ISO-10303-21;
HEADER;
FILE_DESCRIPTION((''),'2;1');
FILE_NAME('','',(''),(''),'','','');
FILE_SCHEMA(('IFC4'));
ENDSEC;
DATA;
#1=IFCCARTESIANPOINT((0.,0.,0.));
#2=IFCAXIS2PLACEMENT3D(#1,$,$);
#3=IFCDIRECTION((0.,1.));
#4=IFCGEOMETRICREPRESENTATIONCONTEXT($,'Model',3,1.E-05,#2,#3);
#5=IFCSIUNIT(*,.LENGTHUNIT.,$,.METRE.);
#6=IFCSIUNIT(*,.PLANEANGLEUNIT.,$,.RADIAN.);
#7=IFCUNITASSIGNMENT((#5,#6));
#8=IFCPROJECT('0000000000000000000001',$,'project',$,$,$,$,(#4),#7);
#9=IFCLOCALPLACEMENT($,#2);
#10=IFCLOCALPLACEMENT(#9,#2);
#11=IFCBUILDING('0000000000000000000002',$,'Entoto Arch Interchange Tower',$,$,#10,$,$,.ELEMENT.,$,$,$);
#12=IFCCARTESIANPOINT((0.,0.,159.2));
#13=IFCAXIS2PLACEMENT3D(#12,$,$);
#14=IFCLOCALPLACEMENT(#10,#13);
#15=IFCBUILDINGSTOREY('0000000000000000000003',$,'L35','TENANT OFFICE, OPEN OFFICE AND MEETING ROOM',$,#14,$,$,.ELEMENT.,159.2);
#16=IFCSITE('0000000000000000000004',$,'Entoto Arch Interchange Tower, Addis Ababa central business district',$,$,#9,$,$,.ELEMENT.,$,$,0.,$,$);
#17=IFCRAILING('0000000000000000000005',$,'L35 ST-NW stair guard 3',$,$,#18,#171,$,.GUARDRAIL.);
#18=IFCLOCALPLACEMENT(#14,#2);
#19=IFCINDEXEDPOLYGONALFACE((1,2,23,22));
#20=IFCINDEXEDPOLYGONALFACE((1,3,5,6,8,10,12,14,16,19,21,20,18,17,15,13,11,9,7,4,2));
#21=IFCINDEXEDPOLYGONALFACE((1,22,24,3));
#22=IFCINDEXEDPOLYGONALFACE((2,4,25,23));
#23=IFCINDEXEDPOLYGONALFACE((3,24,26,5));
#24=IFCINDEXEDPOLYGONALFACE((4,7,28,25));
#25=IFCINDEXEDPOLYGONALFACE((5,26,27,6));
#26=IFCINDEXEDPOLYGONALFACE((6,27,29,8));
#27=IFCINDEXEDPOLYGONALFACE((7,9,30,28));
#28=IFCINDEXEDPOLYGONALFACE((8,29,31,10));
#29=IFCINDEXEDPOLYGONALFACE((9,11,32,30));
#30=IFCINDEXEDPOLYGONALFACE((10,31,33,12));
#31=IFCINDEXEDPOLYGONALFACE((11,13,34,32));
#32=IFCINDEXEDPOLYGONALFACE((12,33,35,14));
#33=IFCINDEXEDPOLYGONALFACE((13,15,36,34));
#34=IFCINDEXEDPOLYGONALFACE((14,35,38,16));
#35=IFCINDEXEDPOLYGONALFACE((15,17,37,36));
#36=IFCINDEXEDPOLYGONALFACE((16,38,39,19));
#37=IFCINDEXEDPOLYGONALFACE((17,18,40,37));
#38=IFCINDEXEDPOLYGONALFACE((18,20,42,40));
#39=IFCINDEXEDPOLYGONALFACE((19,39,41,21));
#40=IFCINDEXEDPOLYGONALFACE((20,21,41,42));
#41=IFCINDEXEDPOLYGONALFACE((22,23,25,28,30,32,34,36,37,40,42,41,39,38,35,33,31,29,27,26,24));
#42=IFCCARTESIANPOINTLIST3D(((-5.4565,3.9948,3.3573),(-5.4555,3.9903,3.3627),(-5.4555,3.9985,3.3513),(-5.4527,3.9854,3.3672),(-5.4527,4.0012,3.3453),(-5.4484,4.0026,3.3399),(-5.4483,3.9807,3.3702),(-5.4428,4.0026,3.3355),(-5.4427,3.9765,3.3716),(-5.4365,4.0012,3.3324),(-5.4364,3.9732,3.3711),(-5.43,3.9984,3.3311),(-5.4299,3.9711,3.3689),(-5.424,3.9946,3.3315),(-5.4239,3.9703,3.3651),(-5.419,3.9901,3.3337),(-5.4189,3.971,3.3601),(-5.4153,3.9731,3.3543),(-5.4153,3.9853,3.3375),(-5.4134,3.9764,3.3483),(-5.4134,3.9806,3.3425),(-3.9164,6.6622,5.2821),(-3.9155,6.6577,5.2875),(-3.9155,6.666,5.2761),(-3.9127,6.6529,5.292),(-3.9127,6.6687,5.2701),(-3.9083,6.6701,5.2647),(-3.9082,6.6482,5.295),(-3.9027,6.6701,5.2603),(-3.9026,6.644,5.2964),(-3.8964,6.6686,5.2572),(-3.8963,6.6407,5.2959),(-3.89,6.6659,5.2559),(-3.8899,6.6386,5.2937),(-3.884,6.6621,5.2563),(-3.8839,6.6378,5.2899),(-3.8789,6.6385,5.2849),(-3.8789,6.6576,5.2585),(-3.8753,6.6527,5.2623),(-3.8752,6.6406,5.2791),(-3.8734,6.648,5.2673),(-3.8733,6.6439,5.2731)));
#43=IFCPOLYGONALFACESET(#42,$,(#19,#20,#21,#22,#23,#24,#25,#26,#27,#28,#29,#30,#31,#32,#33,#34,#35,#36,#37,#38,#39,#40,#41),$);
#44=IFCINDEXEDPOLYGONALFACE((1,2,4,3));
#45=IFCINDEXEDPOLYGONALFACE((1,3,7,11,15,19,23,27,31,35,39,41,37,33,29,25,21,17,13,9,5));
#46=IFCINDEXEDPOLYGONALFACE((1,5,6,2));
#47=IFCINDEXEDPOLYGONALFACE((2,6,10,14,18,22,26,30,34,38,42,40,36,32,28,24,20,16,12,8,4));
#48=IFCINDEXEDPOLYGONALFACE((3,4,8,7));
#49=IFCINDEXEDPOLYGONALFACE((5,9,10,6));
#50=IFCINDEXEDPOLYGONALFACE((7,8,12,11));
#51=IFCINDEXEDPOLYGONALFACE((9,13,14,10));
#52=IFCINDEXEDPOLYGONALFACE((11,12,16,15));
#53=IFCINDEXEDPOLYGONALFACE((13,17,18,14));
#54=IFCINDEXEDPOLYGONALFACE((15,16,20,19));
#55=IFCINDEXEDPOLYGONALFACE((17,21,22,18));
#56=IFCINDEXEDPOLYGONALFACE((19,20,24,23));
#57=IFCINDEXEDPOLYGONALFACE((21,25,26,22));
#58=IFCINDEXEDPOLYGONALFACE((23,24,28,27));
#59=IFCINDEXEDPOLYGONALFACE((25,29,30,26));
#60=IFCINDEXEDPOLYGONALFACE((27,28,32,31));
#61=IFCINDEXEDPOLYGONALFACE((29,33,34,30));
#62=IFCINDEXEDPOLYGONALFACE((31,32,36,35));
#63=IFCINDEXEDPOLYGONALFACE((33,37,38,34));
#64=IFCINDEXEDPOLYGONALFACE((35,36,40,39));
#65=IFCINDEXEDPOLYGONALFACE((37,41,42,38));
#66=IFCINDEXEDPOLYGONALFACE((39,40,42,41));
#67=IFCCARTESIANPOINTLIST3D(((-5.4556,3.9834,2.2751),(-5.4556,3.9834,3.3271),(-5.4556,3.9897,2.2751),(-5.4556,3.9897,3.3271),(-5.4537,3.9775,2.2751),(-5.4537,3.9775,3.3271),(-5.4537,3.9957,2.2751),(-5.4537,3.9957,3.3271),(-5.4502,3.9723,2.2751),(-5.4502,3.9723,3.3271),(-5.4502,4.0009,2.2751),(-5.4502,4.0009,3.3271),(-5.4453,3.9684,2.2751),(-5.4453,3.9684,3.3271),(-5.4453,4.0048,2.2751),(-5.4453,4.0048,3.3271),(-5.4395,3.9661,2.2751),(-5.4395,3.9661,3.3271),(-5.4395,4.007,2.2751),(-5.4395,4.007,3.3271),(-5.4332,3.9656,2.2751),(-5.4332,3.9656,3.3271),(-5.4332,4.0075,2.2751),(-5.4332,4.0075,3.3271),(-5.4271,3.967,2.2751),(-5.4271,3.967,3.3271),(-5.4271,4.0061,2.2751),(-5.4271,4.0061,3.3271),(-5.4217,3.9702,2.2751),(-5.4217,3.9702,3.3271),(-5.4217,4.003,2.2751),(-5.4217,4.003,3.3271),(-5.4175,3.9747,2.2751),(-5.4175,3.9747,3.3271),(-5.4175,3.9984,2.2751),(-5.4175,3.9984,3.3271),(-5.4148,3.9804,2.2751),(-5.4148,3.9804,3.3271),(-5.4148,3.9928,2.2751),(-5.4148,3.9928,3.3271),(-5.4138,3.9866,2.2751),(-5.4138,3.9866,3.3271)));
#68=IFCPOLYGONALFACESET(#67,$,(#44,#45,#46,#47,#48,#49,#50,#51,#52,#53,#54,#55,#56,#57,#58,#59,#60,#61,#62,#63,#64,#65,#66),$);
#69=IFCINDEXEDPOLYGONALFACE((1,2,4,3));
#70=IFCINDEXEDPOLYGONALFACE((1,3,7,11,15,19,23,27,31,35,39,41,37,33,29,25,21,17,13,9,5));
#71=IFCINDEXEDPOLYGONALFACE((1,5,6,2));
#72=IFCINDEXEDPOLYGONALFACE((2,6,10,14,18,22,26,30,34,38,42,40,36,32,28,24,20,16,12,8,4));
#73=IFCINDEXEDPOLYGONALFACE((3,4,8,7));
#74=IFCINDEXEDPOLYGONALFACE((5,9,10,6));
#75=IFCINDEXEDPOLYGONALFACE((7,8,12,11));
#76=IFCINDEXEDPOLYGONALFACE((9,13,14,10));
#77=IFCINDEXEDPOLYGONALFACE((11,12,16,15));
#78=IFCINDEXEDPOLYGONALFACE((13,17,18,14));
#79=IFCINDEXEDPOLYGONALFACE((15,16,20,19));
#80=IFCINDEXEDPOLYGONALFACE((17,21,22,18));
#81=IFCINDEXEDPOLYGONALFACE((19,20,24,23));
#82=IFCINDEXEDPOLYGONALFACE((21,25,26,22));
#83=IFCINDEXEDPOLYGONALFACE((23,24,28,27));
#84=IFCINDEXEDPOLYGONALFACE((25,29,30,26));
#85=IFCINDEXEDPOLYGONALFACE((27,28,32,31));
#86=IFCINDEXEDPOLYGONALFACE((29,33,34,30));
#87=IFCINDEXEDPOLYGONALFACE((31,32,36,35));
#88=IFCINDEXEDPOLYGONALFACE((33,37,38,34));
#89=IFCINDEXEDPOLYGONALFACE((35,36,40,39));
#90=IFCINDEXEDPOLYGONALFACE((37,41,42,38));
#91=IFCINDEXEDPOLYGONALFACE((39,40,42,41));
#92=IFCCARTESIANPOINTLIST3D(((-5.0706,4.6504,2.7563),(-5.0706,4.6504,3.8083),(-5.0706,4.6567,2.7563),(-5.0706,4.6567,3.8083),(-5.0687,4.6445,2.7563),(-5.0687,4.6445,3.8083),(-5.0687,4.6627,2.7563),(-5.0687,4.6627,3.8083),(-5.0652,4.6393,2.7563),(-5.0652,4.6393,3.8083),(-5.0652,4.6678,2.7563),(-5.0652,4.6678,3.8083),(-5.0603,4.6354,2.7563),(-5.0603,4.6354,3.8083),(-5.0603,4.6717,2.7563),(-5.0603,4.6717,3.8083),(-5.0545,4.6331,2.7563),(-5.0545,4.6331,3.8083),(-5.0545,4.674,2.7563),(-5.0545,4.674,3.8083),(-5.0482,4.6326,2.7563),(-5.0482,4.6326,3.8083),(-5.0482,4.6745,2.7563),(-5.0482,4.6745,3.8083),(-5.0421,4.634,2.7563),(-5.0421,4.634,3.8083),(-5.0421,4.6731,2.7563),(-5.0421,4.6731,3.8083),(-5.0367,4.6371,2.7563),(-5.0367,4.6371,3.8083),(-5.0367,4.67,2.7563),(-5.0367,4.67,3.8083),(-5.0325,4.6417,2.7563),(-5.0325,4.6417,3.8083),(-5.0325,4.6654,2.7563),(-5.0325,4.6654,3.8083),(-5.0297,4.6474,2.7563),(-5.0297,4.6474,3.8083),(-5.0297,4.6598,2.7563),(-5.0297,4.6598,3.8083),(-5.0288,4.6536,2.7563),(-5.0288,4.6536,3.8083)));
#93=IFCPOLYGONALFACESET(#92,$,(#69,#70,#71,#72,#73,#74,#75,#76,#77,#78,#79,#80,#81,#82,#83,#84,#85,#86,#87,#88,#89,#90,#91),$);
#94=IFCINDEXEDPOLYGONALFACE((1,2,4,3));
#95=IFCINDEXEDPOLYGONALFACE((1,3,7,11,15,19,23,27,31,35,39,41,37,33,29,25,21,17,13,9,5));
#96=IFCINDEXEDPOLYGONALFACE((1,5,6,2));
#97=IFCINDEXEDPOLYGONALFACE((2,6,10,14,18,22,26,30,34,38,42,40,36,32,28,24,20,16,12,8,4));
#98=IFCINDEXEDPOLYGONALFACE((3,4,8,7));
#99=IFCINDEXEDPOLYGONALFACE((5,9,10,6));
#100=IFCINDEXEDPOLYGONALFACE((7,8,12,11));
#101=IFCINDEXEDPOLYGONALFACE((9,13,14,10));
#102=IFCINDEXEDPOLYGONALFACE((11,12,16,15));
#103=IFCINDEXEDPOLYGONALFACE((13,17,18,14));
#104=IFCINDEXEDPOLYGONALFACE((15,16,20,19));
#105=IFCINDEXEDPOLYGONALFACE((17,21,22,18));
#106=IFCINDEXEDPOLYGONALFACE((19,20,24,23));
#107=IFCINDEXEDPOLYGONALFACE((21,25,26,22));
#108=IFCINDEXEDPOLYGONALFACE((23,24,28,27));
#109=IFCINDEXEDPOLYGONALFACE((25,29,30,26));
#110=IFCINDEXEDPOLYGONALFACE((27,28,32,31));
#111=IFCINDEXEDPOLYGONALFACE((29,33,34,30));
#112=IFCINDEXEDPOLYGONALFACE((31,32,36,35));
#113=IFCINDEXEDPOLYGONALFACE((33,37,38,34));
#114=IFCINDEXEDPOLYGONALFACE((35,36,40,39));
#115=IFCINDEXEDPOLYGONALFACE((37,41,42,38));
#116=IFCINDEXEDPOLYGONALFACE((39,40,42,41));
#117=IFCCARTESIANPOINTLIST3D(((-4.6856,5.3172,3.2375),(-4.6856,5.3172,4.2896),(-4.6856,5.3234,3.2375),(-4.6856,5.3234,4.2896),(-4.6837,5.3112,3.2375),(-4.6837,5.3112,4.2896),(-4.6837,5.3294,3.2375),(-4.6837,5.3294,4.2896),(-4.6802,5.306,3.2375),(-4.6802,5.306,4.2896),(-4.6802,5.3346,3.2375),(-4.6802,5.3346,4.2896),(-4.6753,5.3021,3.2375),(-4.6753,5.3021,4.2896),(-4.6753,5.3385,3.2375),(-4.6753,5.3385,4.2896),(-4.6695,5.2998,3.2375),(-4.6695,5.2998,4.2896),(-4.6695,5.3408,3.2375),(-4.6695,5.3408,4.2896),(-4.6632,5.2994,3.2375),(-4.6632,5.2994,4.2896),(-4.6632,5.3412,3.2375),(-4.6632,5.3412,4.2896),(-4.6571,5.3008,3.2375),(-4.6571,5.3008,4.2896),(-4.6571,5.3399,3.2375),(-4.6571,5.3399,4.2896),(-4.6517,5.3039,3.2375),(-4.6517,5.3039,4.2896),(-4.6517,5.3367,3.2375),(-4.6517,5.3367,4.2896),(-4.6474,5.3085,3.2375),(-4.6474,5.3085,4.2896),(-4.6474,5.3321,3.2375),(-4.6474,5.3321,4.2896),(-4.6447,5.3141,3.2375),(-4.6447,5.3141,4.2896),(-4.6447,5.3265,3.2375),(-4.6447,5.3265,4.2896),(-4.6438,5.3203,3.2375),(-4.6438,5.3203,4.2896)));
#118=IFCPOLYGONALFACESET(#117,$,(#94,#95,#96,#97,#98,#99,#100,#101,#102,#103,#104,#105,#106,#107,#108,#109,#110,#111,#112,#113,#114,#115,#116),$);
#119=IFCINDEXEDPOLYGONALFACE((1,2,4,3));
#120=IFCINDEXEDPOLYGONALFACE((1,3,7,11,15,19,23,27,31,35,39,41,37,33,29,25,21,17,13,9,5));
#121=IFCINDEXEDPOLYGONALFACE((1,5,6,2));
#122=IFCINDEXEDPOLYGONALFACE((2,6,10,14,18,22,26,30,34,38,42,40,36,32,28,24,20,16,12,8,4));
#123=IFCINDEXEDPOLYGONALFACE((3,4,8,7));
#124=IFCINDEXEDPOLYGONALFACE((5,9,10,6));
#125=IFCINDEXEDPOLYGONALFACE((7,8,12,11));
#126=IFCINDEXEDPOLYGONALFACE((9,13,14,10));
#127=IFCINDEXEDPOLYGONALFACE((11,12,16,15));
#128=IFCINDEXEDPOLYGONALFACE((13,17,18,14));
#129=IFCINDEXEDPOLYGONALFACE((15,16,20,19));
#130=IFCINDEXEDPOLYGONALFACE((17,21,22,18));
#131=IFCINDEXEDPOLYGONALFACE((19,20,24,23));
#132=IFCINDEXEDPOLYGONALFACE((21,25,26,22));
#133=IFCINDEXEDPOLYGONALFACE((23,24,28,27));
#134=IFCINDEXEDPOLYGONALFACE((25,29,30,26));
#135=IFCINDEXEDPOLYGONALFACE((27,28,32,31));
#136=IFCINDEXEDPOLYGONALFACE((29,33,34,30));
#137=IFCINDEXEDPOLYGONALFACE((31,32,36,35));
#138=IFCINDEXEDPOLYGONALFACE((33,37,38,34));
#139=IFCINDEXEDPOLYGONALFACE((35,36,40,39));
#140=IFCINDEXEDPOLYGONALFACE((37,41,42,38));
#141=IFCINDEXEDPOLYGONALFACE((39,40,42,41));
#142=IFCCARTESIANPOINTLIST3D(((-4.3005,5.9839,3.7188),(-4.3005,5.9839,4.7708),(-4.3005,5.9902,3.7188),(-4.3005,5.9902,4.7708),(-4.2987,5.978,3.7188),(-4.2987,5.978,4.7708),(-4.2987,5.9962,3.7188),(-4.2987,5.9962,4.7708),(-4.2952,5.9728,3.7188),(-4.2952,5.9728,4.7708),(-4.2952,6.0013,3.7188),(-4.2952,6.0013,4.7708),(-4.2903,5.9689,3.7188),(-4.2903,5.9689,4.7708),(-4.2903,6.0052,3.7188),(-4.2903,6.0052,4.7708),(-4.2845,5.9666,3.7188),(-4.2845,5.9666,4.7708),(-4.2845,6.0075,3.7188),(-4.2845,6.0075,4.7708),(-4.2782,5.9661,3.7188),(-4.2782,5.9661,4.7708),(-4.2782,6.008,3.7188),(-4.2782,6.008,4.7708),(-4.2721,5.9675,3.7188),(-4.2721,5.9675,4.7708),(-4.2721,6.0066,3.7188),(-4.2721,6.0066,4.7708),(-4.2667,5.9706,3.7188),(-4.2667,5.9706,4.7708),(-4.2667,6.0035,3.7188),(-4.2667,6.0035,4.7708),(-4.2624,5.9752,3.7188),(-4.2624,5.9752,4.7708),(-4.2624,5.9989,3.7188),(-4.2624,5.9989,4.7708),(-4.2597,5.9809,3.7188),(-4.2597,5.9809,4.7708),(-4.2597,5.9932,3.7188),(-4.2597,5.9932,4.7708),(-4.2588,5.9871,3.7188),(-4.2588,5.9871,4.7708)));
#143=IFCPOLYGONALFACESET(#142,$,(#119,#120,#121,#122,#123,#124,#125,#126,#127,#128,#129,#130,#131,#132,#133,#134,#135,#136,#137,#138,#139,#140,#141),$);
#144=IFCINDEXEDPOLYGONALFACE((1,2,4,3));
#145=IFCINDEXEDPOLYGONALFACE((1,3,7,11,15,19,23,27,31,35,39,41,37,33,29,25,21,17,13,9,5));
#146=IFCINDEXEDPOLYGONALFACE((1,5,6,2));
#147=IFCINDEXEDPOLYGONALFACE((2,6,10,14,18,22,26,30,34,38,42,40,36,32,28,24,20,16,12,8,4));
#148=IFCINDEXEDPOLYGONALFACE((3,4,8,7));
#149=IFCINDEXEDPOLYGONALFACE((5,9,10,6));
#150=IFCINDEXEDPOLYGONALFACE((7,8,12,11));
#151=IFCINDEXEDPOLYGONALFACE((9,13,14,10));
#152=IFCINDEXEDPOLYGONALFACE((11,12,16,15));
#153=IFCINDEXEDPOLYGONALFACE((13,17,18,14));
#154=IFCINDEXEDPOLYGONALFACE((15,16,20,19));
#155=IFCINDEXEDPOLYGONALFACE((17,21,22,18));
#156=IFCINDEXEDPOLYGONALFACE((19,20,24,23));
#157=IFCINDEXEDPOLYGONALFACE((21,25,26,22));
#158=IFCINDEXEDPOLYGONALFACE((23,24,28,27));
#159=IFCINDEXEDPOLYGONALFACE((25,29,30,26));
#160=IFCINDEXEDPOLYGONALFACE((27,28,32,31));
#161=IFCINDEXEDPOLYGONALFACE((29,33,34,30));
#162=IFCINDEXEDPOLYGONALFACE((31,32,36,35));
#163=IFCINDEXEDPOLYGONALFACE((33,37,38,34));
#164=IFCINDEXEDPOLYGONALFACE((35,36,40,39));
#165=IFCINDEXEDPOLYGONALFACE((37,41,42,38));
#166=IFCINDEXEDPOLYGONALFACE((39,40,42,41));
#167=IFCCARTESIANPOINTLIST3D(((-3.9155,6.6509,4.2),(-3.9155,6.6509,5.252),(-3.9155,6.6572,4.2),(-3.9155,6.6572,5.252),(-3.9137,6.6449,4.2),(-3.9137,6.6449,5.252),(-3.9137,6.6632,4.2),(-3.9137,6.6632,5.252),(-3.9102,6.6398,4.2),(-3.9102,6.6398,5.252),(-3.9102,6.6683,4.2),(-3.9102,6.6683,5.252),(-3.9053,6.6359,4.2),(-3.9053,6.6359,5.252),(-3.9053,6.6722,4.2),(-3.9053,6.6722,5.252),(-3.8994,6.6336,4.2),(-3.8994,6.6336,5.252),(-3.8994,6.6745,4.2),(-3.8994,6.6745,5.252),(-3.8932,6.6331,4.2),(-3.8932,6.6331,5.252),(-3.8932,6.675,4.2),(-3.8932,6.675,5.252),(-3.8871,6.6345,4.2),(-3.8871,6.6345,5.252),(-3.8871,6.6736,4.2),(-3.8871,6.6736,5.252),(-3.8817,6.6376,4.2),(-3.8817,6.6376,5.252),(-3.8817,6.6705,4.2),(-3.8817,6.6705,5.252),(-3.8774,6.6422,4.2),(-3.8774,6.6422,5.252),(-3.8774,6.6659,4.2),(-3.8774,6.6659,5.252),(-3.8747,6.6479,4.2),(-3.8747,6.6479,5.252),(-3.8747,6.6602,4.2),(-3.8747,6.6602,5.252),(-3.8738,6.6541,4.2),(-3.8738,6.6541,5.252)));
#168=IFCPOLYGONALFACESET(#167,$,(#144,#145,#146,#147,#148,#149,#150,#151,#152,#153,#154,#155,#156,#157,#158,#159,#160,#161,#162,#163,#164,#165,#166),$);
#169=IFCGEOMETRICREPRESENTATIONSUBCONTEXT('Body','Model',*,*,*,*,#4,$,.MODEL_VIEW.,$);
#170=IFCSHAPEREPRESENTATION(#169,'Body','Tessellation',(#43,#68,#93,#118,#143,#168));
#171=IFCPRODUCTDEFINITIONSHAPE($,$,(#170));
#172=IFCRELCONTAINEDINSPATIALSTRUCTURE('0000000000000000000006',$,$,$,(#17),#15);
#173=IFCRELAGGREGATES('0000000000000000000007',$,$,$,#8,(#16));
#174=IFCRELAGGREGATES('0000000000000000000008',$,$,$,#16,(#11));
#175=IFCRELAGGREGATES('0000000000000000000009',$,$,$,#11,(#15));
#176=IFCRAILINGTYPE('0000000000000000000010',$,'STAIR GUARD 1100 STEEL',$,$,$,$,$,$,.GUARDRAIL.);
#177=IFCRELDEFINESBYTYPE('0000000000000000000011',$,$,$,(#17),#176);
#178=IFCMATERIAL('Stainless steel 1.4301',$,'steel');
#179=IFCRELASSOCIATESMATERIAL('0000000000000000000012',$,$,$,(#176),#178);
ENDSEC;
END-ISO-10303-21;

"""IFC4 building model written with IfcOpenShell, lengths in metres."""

from ifc_helpers import new_model, si_unit, direction, frame, origin, origin_2d, place, context, subcontext, project, spatial, circle, extrude, material, type_object, element, save


model = new_model("IFC4")

# Units and contexts
model_context = context("Model", 3, precision=1e-05, world=origin(), true_north=direction((0.0, 1.0)))
body_context = subcontext(model_context, "Body", "Model", "MODEL_VIEW")
ifc_project = project(units=[si_unit("LENGTHUNIT", "METRE"), si_unit("PLANEANGLEUNIT", "RADIAN")], contexts=[model_context])

# Site, building, storey
site_placement = place(None, origin())
site = spatial("IfcSite", under=ifc_project, at=site_placement, Name="Entoto Arch Interchange Tower, Addis Ababa central business district", CompositionType="ELEMENT", RefElevation=0.0)
building_placement = place(site_placement, origin())
building = spatial("IfcBuilding", under=site, at=building_placement, Name="Entoto Arch Interchange Tower", CompositionType="ELEMENT")
storey_placement = place(building_placement, frame((0.0, 0.0, 159.2)))
storey = spatial("IfcBuildingStorey", under=building, at=storey_placement, Name="L35", Description="TENANT OFFICE, OPEN OFFICE AND MEETING ROOM", CompositionType="ELEMENT", Elevation=159.2)

# Railing
ifc_material_1 = material(Name="Stainless steel 1.4301", Category="steel")
railing_type_1 = type_object("IfcRailingType", Name="STAIR GUARD 1100 STEEL", PredefinedType="GUARDRAIL", material=ifc_material_1)
railing_1_placement = place(storey_placement, frame((-5.4348, 3.9866, 2.2751)))
element("IfcRailing", 1, at=railing_1_placement, inside=storey, type_object=railing_type_1, Name="L35 ST-NW stair guard 3", PredefinedType="GUARDRAIL", context=body_context, shape_type="SweptSolid", body=[
    extrude(circle(Radius=0.0239, at=origin_2d()), frame((0.0, 0.0, 1.0762), z_axis=(0.42401, 0.734421, 0.529945), x_axis=(-0.86603, 0.499992, 0.0)), (0.0, 0.0, 1.0), 3.6321),
    extrude(circle(Radius=0.021, at=origin_2d()), origin(), (0.0, 0.0, 1.0), 1.052),
    extrude(circle(Radius=0.021, at=origin_2d()), frame((0.385, 0.667, 0.4812)), (0.0, 0.0, 1.0), 1.052),
    extrude(circle(Radius=0.021, at=origin_2d()), frame((0.77, 1.3337, 0.9624)), (0.0, 0.0, 1.0), 1.052),
    extrude(circle(Radius=0.021, at=origin_2d()), frame((1.155, 2.0005, 1.4436)), (0.0, 0.0, 1.0), 1.052),
    extrude(circle(Radius=0.021, at=origin_2d()), frame((1.54, 2.6675, 1.9248)), (0.0, 0.0, 1.0), 1.052),
])

save(model, "model.ifc")
